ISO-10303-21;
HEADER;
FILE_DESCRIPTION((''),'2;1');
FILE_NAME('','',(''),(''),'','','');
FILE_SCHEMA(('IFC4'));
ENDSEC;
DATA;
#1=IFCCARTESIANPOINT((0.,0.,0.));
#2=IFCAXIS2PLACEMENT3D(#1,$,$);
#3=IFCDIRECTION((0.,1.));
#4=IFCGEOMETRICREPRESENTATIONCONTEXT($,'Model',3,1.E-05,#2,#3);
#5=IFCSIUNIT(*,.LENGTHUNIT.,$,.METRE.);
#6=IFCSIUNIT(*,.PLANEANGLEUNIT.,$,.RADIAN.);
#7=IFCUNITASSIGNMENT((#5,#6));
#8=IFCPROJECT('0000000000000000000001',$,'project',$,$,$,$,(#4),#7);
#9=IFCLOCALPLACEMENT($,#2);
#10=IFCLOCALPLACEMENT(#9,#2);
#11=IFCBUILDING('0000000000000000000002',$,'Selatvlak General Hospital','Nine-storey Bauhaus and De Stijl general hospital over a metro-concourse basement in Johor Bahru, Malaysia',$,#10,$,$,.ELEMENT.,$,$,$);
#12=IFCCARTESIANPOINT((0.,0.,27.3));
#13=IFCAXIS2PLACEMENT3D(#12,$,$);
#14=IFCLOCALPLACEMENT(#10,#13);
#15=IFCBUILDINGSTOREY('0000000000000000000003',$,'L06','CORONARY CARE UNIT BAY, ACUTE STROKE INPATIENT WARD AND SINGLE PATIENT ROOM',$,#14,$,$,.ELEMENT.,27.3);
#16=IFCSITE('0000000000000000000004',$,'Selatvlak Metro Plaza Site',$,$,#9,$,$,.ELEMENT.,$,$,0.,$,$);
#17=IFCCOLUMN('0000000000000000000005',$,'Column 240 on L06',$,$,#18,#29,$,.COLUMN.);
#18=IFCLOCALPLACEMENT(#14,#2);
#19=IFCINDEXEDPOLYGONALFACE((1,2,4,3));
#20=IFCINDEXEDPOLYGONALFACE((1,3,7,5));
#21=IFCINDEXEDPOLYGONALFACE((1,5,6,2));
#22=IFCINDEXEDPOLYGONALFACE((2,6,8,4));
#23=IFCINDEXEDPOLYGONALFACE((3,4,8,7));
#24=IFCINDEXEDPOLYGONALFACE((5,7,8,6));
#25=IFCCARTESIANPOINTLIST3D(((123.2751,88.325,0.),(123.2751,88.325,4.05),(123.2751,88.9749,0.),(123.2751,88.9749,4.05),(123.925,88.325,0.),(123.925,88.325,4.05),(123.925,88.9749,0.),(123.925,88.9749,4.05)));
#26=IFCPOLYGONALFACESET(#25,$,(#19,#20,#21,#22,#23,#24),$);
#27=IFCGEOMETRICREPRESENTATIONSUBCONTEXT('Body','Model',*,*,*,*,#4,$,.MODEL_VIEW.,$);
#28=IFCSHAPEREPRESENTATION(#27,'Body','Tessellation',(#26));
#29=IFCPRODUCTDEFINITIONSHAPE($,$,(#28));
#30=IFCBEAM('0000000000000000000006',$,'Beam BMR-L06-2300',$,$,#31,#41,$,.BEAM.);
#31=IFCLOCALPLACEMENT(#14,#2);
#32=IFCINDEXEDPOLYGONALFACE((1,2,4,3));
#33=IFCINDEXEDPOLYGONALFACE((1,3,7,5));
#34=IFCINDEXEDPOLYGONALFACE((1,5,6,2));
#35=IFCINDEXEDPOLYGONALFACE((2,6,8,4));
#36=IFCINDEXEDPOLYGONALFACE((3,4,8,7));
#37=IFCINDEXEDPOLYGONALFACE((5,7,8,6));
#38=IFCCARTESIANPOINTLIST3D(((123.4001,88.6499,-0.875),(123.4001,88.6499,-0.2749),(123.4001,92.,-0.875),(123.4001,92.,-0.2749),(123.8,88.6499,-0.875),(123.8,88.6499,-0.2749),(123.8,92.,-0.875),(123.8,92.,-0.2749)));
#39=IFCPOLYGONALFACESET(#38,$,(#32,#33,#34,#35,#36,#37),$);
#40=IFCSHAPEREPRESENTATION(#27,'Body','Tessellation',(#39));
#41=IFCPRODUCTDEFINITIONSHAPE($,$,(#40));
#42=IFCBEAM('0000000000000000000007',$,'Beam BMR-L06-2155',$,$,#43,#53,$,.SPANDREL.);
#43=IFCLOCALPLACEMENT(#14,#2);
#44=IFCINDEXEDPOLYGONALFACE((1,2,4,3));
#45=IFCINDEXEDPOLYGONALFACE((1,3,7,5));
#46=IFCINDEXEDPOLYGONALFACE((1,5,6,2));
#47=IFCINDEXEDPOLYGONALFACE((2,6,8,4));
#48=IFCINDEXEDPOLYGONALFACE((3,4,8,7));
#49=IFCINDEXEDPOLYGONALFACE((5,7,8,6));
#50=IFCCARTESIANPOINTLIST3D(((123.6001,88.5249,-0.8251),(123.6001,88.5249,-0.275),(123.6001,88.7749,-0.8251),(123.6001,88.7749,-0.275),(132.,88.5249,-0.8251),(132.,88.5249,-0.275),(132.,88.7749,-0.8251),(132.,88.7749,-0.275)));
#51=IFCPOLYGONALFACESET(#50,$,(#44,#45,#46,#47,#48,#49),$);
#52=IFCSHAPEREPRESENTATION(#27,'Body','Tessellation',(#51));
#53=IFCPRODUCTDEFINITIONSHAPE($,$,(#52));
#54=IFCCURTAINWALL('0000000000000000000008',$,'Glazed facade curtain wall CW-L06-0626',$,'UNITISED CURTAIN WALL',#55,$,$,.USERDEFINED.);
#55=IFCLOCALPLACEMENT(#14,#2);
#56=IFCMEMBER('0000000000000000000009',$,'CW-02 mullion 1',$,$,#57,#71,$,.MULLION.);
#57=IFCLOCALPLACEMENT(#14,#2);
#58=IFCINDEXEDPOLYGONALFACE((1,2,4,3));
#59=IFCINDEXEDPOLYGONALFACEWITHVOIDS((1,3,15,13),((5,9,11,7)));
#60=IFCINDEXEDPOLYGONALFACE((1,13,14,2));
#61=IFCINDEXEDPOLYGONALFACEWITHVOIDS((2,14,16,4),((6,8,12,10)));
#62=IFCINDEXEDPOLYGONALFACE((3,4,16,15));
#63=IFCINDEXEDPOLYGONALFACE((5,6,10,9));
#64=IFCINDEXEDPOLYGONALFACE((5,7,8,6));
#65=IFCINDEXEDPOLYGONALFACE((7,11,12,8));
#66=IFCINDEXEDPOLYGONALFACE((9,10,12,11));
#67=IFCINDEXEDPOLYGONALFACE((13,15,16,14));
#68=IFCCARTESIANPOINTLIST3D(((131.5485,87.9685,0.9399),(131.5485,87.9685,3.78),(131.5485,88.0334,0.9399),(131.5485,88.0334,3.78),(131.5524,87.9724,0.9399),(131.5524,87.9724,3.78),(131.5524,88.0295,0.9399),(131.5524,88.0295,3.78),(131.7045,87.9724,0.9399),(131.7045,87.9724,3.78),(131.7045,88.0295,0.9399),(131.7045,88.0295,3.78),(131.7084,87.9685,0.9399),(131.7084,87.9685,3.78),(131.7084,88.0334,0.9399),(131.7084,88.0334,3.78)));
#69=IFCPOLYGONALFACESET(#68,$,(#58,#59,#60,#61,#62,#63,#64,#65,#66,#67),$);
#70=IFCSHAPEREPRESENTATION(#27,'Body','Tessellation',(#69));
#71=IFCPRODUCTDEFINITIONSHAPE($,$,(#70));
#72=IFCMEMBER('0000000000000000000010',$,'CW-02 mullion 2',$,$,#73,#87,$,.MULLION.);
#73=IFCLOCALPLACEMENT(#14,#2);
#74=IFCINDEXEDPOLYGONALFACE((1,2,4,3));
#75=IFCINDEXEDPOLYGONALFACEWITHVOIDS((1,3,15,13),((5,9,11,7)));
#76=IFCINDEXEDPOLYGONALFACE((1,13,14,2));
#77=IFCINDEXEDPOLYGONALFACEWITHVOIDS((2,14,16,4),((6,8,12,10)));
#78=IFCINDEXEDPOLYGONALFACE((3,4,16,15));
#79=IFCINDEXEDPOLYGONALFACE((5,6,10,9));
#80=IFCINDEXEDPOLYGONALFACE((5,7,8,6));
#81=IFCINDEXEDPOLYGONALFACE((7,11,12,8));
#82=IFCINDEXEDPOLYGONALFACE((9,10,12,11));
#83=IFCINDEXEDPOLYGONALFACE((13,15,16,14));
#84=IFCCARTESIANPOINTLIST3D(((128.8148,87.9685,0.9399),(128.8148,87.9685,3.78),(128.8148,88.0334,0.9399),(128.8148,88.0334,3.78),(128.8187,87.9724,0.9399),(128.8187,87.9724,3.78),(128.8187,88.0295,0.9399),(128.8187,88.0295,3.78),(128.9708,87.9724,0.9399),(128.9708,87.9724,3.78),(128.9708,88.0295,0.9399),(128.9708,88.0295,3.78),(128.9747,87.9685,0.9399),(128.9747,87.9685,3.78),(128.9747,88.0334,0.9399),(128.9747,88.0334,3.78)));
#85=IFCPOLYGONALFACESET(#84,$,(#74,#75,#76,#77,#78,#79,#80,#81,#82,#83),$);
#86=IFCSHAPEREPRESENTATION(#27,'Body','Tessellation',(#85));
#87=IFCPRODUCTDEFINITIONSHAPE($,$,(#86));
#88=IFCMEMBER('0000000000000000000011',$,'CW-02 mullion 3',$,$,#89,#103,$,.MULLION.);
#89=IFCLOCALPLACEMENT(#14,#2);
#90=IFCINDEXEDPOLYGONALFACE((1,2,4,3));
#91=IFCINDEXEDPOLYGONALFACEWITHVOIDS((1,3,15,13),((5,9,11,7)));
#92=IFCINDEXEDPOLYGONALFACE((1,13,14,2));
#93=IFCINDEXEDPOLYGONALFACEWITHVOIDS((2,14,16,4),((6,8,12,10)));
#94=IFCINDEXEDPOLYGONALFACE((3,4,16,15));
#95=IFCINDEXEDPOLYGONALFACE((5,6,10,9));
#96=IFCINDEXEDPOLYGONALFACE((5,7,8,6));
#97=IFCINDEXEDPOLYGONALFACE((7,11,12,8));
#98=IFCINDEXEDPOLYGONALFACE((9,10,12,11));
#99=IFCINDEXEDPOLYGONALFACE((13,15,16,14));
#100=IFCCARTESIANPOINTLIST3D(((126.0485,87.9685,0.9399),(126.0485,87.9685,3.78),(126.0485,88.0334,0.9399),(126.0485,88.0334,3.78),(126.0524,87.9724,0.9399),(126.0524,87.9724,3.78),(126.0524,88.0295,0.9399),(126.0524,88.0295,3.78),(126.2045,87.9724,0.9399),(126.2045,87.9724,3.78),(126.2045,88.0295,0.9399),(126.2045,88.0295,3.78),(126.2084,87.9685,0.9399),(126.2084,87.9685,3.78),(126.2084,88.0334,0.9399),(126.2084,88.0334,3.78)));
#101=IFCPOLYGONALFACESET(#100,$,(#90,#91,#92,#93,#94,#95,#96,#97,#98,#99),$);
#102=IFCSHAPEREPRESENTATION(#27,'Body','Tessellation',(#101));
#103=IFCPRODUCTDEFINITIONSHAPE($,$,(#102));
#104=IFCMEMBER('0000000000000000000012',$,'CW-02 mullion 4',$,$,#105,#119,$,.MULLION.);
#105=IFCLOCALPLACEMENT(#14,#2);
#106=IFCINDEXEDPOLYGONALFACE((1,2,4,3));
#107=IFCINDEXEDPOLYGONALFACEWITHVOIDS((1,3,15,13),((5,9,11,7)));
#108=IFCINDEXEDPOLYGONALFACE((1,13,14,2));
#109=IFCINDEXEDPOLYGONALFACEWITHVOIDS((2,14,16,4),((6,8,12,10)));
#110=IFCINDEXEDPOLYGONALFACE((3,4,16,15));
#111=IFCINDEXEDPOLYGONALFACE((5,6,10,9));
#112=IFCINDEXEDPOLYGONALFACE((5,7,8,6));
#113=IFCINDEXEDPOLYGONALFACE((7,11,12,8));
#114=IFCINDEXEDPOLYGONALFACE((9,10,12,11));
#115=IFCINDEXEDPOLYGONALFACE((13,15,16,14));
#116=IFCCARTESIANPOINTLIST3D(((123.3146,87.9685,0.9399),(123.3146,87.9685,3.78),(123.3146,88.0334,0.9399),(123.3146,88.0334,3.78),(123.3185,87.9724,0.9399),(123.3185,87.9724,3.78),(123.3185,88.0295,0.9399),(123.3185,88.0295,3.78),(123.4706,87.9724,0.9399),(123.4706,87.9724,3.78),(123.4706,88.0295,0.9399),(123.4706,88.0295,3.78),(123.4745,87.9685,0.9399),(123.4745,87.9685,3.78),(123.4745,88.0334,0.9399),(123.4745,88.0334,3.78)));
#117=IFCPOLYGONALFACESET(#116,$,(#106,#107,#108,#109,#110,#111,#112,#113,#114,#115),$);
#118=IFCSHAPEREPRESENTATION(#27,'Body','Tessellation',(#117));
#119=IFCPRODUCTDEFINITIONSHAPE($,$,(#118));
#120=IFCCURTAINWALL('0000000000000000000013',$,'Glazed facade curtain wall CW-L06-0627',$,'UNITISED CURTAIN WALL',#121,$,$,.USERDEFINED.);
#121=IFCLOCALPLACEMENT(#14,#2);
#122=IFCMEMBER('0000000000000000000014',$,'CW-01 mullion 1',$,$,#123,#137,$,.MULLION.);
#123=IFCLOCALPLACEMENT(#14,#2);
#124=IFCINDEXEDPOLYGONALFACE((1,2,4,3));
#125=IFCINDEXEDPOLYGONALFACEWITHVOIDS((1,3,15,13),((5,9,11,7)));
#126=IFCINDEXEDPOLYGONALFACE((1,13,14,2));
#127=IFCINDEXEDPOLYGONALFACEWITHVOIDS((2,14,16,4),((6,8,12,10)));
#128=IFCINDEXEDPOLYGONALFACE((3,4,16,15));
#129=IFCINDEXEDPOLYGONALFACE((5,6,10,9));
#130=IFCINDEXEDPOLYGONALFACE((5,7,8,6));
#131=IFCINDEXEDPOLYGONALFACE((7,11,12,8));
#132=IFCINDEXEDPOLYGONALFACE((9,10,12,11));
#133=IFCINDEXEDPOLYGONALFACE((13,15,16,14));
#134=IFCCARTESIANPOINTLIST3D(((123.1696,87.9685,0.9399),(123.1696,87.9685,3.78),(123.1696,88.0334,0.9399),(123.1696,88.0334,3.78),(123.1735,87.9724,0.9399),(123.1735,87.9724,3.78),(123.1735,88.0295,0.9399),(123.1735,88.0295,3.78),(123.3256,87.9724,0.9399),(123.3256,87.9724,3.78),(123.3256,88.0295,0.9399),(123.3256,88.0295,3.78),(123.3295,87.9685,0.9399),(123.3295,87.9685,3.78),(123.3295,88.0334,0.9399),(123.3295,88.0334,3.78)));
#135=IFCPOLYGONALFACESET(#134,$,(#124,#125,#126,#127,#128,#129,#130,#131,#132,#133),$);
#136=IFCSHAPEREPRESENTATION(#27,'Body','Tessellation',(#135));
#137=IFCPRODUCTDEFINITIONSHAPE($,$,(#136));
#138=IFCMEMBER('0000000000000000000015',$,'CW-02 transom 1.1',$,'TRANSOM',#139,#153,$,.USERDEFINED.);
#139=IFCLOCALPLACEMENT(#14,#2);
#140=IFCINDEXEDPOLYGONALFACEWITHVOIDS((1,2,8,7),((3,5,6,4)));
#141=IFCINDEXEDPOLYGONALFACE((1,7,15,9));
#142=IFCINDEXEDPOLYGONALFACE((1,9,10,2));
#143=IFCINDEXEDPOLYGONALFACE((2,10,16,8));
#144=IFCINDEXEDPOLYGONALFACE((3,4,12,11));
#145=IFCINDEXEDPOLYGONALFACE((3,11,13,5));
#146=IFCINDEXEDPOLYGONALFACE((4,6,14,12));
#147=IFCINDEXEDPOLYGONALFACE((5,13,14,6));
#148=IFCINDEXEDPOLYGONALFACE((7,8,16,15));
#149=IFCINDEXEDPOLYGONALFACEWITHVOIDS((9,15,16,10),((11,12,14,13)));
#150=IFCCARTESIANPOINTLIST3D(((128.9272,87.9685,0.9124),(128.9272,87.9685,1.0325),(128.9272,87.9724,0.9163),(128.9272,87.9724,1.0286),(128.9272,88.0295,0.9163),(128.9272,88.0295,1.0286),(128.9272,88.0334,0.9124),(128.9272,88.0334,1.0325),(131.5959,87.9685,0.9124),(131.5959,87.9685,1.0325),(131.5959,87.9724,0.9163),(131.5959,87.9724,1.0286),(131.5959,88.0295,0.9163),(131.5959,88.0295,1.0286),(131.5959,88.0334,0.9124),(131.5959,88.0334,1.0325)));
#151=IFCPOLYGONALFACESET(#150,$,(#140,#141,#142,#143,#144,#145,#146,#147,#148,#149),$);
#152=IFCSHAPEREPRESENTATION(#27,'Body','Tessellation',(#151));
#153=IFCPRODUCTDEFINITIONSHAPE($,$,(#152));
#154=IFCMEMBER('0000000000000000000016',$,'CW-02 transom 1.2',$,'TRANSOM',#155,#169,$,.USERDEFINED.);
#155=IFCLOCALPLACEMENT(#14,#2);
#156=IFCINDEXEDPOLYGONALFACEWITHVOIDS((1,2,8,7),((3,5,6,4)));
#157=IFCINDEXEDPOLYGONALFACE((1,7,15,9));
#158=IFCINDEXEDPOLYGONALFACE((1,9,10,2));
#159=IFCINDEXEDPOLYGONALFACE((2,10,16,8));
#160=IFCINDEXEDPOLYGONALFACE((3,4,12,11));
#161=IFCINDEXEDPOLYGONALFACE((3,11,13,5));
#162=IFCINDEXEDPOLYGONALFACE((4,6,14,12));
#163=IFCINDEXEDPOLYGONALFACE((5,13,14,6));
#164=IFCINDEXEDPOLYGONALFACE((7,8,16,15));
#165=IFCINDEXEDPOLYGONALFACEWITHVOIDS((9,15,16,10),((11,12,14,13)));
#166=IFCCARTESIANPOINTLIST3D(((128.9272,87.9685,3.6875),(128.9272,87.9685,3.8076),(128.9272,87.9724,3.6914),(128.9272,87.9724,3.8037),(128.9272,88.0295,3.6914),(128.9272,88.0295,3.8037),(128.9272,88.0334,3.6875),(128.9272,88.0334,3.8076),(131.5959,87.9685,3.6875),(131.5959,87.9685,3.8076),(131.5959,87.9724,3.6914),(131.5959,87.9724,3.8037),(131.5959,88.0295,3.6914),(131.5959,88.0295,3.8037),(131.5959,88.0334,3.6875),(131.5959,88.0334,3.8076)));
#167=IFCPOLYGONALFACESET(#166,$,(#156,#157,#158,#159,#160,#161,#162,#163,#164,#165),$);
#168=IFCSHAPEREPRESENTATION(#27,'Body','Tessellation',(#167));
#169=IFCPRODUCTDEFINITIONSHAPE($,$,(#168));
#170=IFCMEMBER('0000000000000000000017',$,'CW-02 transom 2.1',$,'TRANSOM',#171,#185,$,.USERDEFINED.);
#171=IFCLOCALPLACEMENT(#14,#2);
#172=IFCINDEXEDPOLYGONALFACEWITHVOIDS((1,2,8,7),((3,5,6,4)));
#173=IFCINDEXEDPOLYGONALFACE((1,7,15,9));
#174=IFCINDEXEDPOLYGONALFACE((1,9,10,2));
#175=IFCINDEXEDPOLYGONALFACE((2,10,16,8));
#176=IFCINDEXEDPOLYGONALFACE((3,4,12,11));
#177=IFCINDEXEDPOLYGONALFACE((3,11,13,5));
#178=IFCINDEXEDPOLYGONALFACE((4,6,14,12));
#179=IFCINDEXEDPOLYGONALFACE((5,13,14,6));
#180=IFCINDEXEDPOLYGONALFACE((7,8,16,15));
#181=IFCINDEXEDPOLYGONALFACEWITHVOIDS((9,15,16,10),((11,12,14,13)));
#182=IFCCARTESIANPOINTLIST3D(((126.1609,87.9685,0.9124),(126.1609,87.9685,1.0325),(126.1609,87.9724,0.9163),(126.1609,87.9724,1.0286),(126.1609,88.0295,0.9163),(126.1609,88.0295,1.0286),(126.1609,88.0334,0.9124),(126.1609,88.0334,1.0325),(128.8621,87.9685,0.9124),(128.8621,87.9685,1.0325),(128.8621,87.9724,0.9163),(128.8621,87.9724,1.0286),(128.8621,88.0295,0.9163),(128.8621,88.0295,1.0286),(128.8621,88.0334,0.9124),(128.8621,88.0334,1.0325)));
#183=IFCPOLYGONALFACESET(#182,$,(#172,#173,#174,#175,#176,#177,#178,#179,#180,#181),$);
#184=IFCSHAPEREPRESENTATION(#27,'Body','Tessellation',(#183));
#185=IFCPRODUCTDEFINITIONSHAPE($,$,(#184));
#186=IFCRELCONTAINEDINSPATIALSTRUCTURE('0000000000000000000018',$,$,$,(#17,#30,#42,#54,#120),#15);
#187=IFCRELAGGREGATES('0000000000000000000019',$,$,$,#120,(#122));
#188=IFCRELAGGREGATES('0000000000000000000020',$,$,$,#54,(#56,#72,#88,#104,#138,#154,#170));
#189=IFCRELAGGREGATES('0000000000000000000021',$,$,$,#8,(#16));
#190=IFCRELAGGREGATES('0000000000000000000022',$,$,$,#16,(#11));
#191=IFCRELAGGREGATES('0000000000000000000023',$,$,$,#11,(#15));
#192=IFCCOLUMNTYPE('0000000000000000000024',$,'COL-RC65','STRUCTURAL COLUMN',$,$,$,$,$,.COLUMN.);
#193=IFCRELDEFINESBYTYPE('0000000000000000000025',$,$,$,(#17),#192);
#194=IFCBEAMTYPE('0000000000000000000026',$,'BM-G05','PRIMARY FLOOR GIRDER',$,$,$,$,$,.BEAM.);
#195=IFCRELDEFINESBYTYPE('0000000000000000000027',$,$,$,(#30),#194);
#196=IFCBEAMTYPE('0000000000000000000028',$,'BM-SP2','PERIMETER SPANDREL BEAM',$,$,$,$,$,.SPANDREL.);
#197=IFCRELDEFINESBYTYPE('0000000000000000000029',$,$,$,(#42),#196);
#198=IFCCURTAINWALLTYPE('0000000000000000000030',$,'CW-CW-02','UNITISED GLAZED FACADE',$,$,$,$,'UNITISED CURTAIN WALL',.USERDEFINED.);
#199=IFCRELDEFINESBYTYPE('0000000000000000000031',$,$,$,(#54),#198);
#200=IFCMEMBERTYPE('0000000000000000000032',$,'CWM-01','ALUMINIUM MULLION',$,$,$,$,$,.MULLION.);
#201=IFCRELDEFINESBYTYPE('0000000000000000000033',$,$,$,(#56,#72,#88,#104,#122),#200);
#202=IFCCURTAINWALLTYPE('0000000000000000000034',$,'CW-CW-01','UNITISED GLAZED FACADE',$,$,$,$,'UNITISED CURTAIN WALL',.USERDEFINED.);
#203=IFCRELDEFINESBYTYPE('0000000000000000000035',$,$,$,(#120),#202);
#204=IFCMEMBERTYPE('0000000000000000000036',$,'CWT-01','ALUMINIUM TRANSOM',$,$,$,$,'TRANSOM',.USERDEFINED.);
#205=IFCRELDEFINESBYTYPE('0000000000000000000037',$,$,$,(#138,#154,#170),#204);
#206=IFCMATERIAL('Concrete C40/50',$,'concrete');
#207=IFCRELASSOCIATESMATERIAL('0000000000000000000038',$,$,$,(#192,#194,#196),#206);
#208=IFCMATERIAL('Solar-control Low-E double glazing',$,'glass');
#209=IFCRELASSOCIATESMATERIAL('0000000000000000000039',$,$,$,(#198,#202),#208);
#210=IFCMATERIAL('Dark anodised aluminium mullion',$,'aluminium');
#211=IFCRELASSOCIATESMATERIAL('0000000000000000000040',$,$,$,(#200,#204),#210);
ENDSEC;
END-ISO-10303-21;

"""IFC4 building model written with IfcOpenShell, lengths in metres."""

from ifc_helpers import new_model, si_unit, direction, frame, origin, origin_2d, place, context, subcontext, project, spatial, rectangle, hollow_rectangle, extrude, material, material_profile, profile_set, type_object, element, aggregate, save


model = new_model("IFC4")

# Units and contexts
model_context = context("Model", 3, precision=1e-05, world=origin(), true_north=direction((0.0, 1.0)))
body_context = subcontext(model_context, "Body", "Model", "MODEL_VIEW")
ifc_project = project(units=[si_unit("LENGTHUNIT", "METRE"), si_unit("PLANEANGLEUNIT", "RADIAN")], contexts=[model_context])

# Site, building, storey
site_placement = place(None, origin())
site = spatial("IfcSite", under=ifc_project, at=site_placement, Name="Selatvlak Metro Plaza Site", CompositionType="ELEMENT", RefElevation=0.0)
building_placement = place(site_placement, origin())
building = spatial("IfcBuilding", under=site, at=building_placement, Name="Selatvlak General Hospital", Description="Nine-storey Bauhaus and De Stijl general hospital over a metro-concourse basement in Johor Bahru, Malaysia", CompositionType="ELEMENT")
storey_placement = place(building_placement, frame((0.0, 0.0, 27.3)))
storey = spatial("IfcBuildingStorey", under=building, at=storey_placement, Name="L06", Description="CORONARY CARE UNIT BAY, ACUTE STROKE INPATIENT WARD AND SINGLE PATIENT ROOM", CompositionType="ELEMENT", Elevation=27.3)

# Column
ifc_material_1 = material(Name="Concrete C40/50", Category="concrete")
ifc_material_profile_1 = material_profile(ifc_material_1, rectangle(XDim=0.6499, YDim=0.6499, at=origin_2d()), Name="RC-COL 650x650")
ifc_profile_set_1 = profile_set([ifc_material_profile_1], Name="Concrete C40/50")
column_type = type_object("IfcColumnType", Name="COL-RC65", Description="STRUCTURAL COLUMN", PredefinedType="COLUMN", material=ifc_profile_set_1)
column_placement = place(storey_placement, frame((123.6001, 88.6499, 0.0), z_axis=(0.0, 0.0, 1.0), x_axis=(1.0, 0.0, 0.0)))
element("IfcColumn", 1, at=column_placement, inside=storey, type_object=column_type, Name="Column 240 on L06", PredefinedType="COLUMN", context=body_context, shape_type="SweptSolid", body=[
    extrude(rectangle(XDim=0.6499, YDim=0.6499, at=origin_2d()), origin(), (0.0, 0.0, 1.0), 4.05),
])

# Beams
ifc_material_profile_2 = material_profile(ifc_material_1, rectangle(XDim=0.3999, YDim=0.6001, at=origin_2d()), Name="RC-BM 400x600")
ifc_profile_set_2 = profile_set([ifc_material_profile_2], Name="Concrete C40/50")
beam_type_1 = type_object("IfcBeamType", Name="BM-G05", Description="PRIMARY FLOOR GIRDER", PredefinedType="BEAM", material=ifc_profile_set_2)
beam_1_placement = place(storey_placement, frame((123.6001, 88.6499, -0.575), z_axis=(0.0, 1.0, 0.0), x_axis=(-1.0, 0.0, 0.0)))
element("IfcBeam", 2, at=beam_1_placement, inside=storey, type_object=beam_type_1, Name="Beam BMR-L06-2300", PredefinedType="BEAM", context=body_context, shape_type="SweptSolid", body=[
    extrude(rectangle(XDim=0.3999, YDim=0.6001, at=origin_2d()), origin(), (0.0, 0.0, 1.0), 3.3501),
])
ifc_material_profile_3 = material_profile(ifc_material_1, rectangle(XDim=0.25, YDim=0.55, at=origin_2d()), Name="RC-SP 250x550")
ifc_profile_set_3 = profile_set([ifc_material_profile_3], Name="Concrete C40/50")
beam_type_2 = type_object("IfcBeamType", Name="BM-SP2", Description="PERIMETER SPANDREL BEAM", PredefinedType="SPANDREL", material=ifc_profile_set_3)
beam_2_placement = place(storey_placement, frame((123.6001, 88.6499, -0.55), z_axis=(1.0, 0.0, 0.0), x_axis=(0.0, 1.0, 0.0)))
element("IfcBeam", 3, at=beam_2_placement, inside=storey, type_object=beam_type_2, Name="Beam BMR-L06-2155", PredefinedType="SPANDREL", context=body_context, shape_type="SweptSolid", body=[
    extrude(rectangle(XDim=0.25, YDim=0.55, at=origin_2d()), origin(), (0.0, 0.0, 1.0), 8.3999),
])

# Curtain wall, members
ifc_material_2 = material(Name="Solar-control Low-E double glazing", Category="glass")
curtain_wall_type_1 = type_object("IfcCurtainWallType", Name="CW-CW-02", Description="UNITISED GLAZED FACADE", ElementType="UNITISED CURTAIN WALL", PredefinedType="USERDEFINED", material=ifc_material_2)
curtain_wall_1_placement = place(storey_placement, origin())
curtain_wall_1 = element("IfcCurtainWall", 4, at=curtain_wall_1_placement, inside=storey, type_object=curtain_wall_type_1, Name="Glazed facade curtain wall CW-L06-0626", ObjectType="UNITISED CURTAIN WALL", PredefinedType="USERDEFINED")
ifc_material_3 = material(Name="Dark anodised aluminium mullion", Category="aluminium")
ifc_material_profile_4 = material_profile(ifc_material_3, hollow_rectangle(XDim=0.0649, YDim=0.1599, WallThickness=0.0039, at=origin_2d()), Name="AL-MUL 65x160x4")
ifc_profile_set_4 = profile_set([ifc_material_profile_4], Name="Dark anodised aluminium mullion")
member_type_1 = type_object("IfcMemberType", Name="CWM-01", Description="ALUMINIUM MULLION", PredefinedType="MULLION", material=ifc_profile_set_4)
member_1_placement = place(storey_placement, frame((131.6284, 88.001, 0.9399), z_axis=(0.0, 0.0, 1.0), x_axis=(0.0, -1.0, 0.0)))
member_1 = element("IfcMember", 5, at=member_1_placement, type_object=member_type_1, Name="CW-02 mullion 1", PredefinedType="MULLION", context=body_context, shape_type="SweptSolid", body=[
    extrude(hollow_rectangle(XDim=0.0649, YDim=0.1599, WallThickness=0.0039, at=origin_2d()), origin(), (0.0, 0.0, 1.0), 2.8401),
])
member_2_placement = place(storey_placement, frame((128.8948, 88.001, 0.9399), z_axis=(0.0, 0.0, 1.0), x_axis=(0.0, -1.0, 0.0)))
member_2 = element("IfcMember", 6, at=member_2_placement, type_object=member_type_1, Name="CW-02 mullion 2", PredefinedType="MULLION", context=body_context, shape_type="SweptSolid", body=[
    extrude(hollow_rectangle(XDim=0.0649, YDim=0.1599, WallThickness=0.0039, at=origin_2d()), origin(), (0.0, 0.0, 1.0), 2.8401),
])
member_3_placement = place(storey_placement, frame((126.1284, 88.001, 0.9399), z_axis=(0.0, 0.0, 1.0), x_axis=(0.0, -1.0, 0.0)))
member_3 = element("IfcMember", 7, at=member_3_placement, type_object=member_type_1, Name="CW-02 mullion 3", PredefinedType="MULLION", context=body_context, shape_type="SweptSolid", body=[
    extrude(hollow_rectangle(XDim=0.0649, YDim=0.1599, WallThickness=0.0039, at=origin_2d()), origin(), (0.0, 0.0, 1.0), 2.8401),
])
member_4_placement = place(storey_placement, frame((123.3945, 88.001, 0.9399), z_axis=(0.0, 0.0, 1.0), x_axis=(0.0, -1.0, 0.0)))
member_4 = element("IfcMember", 8, at=member_4_placement, type_object=member_type_1, Name="CW-02 mullion 4", PredefinedType="MULLION", context=body_context, shape_type="SweptSolid", body=[
    extrude(hollow_rectangle(XDim=0.0649, YDim=0.1599, WallThickness=0.0039, at=origin_2d()), origin(), (0.0, 0.0, 1.0), 2.8401),
])

# Curtain wall, member
curtain_wall_type_2 = type_object("IfcCurtainWallType", Name="CW-CW-01", Description="UNITISED GLAZED FACADE", ElementType="UNITISED CURTAIN WALL", PredefinedType="USERDEFINED", material=ifc_material_2)
curtain_wall_2_placement = place(storey_placement, origin())
curtain_wall_2 = element("IfcCurtainWall", 9, at=curtain_wall_2_placement, inside=storey, type_object=curtain_wall_type_2, Name="Glazed facade curtain wall CW-L06-0627", ObjectType="UNITISED CURTAIN WALL", PredefinedType="USERDEFINED")
member_5_placement = place(storey_placement, frame((123.2495, 88.001, 0.9399), z_axis=(0.0, 0.0, 1.0), x_axis=(0.0, -1.0, 0.0)))
member_5 = element("IfcMember", 10, at=member_5_placement, type_object=member_type_1, Name="CW-01 mullion 1", PredefinedType="MULLION", context=body_context, shape_type="SweptSolid", body=[
    extrude(hollow_rectangle(XDim=0.0649, YDim=0.1599, WallThickness=0.0039, at=origin_2d()), origin(), (0.0, 0.0, 1.0), 2.8401),
])

# Members
ifc_material_profile_5 = material_profile(ifc_material_3, hollow_rectangle(XDim=0.0649, YDim=0.1201, WallThickness=0.0039, at=origin_2d()), Name="AL-TRN 65x120x4")
ifc_profile_set_5 = profile_set([ifc_material_profile_5], Name="Dark anodised aluminium mullion")
member_type_2 = type_object("IfcMemberType", Name="CWT-01", Description="ALUMINIUM TRANSOM", ElementType="TRANSOM", PredefinedType="USERDEFINED", material=ifc_profile_set_5)
member_6_placement = place(storey_placement, frame((131.5959, 88.001, 0.9724), z_axis=(-1.0, 0.0, 0.0), x_axis=(0.0, -1.0, 0.0)))
member_6 = element("IfcMember", 11, at=member_6_placement, type_object=member_type_2, Name="CW-02 transom 1.1", ObjectType="TRANSOM", PredefinedType="USERDEFINED", context=body_context, shape_type="SweptSolid", body=[
    extrude(hollow_rectangle(XDim=0.0649, YDim=0.1201, WallThickness=0.0039, at=origin_2d()), origin(), (0.0, 0.0, 1.0), 2.6687),
])
member_7_placement = place(storey_placement, frame((131.5959, 88.001, 3.7476), z_axis=(-1.0, 0.0, 0.0), x_axis=(0.0, -1.0, 0.0)))
member_7 = element("IfcMember", 12, at=member_7_placement, type_object=member_type_2, Name="CW-02 transom 1.2", ObjectType="TRANSOM", PredefinedType="USERDEFINED", context=body_context, shape_type="SweptSolid", body=[
    extrude(hollow_rectangle(XDim=0.0649, YDim=0.1201, WallThickness=0.0039, at=origin_2d()), origin(), (0.0, 0.0, 1.0), 2.6687),
])
member_8_placement = place(storey_placement, frame((128.8621, 88.001, 0.9724), z_axis=(-1.0, 0.0, 0.0), x_axis=(0.0, -1.0, 0.0)))
member_8 = element("IfcMember", 13, at=member_8_placement, type_object=member_type_2, Name="CW-02 transom 2.1", ObjectType="TRANSOM", PredefinedType="USERDEFINED", context=body_context, shape_type="SweptSolid", body=[
    extrude(hollow_rectangle(XDim=0.0649, YDim=0.1201, WallThickness=0.0039, at=origin_2d()), origin(), (0.0, 0.0, 1.0), 2.7012),
])
aggregate(curtain_wall_2, [member_5])

aggregate(curtain_wall_1, [member_1, member_2, member_3, member_4, member_6, member_7, member_8])

save(model, "model.ifc")
